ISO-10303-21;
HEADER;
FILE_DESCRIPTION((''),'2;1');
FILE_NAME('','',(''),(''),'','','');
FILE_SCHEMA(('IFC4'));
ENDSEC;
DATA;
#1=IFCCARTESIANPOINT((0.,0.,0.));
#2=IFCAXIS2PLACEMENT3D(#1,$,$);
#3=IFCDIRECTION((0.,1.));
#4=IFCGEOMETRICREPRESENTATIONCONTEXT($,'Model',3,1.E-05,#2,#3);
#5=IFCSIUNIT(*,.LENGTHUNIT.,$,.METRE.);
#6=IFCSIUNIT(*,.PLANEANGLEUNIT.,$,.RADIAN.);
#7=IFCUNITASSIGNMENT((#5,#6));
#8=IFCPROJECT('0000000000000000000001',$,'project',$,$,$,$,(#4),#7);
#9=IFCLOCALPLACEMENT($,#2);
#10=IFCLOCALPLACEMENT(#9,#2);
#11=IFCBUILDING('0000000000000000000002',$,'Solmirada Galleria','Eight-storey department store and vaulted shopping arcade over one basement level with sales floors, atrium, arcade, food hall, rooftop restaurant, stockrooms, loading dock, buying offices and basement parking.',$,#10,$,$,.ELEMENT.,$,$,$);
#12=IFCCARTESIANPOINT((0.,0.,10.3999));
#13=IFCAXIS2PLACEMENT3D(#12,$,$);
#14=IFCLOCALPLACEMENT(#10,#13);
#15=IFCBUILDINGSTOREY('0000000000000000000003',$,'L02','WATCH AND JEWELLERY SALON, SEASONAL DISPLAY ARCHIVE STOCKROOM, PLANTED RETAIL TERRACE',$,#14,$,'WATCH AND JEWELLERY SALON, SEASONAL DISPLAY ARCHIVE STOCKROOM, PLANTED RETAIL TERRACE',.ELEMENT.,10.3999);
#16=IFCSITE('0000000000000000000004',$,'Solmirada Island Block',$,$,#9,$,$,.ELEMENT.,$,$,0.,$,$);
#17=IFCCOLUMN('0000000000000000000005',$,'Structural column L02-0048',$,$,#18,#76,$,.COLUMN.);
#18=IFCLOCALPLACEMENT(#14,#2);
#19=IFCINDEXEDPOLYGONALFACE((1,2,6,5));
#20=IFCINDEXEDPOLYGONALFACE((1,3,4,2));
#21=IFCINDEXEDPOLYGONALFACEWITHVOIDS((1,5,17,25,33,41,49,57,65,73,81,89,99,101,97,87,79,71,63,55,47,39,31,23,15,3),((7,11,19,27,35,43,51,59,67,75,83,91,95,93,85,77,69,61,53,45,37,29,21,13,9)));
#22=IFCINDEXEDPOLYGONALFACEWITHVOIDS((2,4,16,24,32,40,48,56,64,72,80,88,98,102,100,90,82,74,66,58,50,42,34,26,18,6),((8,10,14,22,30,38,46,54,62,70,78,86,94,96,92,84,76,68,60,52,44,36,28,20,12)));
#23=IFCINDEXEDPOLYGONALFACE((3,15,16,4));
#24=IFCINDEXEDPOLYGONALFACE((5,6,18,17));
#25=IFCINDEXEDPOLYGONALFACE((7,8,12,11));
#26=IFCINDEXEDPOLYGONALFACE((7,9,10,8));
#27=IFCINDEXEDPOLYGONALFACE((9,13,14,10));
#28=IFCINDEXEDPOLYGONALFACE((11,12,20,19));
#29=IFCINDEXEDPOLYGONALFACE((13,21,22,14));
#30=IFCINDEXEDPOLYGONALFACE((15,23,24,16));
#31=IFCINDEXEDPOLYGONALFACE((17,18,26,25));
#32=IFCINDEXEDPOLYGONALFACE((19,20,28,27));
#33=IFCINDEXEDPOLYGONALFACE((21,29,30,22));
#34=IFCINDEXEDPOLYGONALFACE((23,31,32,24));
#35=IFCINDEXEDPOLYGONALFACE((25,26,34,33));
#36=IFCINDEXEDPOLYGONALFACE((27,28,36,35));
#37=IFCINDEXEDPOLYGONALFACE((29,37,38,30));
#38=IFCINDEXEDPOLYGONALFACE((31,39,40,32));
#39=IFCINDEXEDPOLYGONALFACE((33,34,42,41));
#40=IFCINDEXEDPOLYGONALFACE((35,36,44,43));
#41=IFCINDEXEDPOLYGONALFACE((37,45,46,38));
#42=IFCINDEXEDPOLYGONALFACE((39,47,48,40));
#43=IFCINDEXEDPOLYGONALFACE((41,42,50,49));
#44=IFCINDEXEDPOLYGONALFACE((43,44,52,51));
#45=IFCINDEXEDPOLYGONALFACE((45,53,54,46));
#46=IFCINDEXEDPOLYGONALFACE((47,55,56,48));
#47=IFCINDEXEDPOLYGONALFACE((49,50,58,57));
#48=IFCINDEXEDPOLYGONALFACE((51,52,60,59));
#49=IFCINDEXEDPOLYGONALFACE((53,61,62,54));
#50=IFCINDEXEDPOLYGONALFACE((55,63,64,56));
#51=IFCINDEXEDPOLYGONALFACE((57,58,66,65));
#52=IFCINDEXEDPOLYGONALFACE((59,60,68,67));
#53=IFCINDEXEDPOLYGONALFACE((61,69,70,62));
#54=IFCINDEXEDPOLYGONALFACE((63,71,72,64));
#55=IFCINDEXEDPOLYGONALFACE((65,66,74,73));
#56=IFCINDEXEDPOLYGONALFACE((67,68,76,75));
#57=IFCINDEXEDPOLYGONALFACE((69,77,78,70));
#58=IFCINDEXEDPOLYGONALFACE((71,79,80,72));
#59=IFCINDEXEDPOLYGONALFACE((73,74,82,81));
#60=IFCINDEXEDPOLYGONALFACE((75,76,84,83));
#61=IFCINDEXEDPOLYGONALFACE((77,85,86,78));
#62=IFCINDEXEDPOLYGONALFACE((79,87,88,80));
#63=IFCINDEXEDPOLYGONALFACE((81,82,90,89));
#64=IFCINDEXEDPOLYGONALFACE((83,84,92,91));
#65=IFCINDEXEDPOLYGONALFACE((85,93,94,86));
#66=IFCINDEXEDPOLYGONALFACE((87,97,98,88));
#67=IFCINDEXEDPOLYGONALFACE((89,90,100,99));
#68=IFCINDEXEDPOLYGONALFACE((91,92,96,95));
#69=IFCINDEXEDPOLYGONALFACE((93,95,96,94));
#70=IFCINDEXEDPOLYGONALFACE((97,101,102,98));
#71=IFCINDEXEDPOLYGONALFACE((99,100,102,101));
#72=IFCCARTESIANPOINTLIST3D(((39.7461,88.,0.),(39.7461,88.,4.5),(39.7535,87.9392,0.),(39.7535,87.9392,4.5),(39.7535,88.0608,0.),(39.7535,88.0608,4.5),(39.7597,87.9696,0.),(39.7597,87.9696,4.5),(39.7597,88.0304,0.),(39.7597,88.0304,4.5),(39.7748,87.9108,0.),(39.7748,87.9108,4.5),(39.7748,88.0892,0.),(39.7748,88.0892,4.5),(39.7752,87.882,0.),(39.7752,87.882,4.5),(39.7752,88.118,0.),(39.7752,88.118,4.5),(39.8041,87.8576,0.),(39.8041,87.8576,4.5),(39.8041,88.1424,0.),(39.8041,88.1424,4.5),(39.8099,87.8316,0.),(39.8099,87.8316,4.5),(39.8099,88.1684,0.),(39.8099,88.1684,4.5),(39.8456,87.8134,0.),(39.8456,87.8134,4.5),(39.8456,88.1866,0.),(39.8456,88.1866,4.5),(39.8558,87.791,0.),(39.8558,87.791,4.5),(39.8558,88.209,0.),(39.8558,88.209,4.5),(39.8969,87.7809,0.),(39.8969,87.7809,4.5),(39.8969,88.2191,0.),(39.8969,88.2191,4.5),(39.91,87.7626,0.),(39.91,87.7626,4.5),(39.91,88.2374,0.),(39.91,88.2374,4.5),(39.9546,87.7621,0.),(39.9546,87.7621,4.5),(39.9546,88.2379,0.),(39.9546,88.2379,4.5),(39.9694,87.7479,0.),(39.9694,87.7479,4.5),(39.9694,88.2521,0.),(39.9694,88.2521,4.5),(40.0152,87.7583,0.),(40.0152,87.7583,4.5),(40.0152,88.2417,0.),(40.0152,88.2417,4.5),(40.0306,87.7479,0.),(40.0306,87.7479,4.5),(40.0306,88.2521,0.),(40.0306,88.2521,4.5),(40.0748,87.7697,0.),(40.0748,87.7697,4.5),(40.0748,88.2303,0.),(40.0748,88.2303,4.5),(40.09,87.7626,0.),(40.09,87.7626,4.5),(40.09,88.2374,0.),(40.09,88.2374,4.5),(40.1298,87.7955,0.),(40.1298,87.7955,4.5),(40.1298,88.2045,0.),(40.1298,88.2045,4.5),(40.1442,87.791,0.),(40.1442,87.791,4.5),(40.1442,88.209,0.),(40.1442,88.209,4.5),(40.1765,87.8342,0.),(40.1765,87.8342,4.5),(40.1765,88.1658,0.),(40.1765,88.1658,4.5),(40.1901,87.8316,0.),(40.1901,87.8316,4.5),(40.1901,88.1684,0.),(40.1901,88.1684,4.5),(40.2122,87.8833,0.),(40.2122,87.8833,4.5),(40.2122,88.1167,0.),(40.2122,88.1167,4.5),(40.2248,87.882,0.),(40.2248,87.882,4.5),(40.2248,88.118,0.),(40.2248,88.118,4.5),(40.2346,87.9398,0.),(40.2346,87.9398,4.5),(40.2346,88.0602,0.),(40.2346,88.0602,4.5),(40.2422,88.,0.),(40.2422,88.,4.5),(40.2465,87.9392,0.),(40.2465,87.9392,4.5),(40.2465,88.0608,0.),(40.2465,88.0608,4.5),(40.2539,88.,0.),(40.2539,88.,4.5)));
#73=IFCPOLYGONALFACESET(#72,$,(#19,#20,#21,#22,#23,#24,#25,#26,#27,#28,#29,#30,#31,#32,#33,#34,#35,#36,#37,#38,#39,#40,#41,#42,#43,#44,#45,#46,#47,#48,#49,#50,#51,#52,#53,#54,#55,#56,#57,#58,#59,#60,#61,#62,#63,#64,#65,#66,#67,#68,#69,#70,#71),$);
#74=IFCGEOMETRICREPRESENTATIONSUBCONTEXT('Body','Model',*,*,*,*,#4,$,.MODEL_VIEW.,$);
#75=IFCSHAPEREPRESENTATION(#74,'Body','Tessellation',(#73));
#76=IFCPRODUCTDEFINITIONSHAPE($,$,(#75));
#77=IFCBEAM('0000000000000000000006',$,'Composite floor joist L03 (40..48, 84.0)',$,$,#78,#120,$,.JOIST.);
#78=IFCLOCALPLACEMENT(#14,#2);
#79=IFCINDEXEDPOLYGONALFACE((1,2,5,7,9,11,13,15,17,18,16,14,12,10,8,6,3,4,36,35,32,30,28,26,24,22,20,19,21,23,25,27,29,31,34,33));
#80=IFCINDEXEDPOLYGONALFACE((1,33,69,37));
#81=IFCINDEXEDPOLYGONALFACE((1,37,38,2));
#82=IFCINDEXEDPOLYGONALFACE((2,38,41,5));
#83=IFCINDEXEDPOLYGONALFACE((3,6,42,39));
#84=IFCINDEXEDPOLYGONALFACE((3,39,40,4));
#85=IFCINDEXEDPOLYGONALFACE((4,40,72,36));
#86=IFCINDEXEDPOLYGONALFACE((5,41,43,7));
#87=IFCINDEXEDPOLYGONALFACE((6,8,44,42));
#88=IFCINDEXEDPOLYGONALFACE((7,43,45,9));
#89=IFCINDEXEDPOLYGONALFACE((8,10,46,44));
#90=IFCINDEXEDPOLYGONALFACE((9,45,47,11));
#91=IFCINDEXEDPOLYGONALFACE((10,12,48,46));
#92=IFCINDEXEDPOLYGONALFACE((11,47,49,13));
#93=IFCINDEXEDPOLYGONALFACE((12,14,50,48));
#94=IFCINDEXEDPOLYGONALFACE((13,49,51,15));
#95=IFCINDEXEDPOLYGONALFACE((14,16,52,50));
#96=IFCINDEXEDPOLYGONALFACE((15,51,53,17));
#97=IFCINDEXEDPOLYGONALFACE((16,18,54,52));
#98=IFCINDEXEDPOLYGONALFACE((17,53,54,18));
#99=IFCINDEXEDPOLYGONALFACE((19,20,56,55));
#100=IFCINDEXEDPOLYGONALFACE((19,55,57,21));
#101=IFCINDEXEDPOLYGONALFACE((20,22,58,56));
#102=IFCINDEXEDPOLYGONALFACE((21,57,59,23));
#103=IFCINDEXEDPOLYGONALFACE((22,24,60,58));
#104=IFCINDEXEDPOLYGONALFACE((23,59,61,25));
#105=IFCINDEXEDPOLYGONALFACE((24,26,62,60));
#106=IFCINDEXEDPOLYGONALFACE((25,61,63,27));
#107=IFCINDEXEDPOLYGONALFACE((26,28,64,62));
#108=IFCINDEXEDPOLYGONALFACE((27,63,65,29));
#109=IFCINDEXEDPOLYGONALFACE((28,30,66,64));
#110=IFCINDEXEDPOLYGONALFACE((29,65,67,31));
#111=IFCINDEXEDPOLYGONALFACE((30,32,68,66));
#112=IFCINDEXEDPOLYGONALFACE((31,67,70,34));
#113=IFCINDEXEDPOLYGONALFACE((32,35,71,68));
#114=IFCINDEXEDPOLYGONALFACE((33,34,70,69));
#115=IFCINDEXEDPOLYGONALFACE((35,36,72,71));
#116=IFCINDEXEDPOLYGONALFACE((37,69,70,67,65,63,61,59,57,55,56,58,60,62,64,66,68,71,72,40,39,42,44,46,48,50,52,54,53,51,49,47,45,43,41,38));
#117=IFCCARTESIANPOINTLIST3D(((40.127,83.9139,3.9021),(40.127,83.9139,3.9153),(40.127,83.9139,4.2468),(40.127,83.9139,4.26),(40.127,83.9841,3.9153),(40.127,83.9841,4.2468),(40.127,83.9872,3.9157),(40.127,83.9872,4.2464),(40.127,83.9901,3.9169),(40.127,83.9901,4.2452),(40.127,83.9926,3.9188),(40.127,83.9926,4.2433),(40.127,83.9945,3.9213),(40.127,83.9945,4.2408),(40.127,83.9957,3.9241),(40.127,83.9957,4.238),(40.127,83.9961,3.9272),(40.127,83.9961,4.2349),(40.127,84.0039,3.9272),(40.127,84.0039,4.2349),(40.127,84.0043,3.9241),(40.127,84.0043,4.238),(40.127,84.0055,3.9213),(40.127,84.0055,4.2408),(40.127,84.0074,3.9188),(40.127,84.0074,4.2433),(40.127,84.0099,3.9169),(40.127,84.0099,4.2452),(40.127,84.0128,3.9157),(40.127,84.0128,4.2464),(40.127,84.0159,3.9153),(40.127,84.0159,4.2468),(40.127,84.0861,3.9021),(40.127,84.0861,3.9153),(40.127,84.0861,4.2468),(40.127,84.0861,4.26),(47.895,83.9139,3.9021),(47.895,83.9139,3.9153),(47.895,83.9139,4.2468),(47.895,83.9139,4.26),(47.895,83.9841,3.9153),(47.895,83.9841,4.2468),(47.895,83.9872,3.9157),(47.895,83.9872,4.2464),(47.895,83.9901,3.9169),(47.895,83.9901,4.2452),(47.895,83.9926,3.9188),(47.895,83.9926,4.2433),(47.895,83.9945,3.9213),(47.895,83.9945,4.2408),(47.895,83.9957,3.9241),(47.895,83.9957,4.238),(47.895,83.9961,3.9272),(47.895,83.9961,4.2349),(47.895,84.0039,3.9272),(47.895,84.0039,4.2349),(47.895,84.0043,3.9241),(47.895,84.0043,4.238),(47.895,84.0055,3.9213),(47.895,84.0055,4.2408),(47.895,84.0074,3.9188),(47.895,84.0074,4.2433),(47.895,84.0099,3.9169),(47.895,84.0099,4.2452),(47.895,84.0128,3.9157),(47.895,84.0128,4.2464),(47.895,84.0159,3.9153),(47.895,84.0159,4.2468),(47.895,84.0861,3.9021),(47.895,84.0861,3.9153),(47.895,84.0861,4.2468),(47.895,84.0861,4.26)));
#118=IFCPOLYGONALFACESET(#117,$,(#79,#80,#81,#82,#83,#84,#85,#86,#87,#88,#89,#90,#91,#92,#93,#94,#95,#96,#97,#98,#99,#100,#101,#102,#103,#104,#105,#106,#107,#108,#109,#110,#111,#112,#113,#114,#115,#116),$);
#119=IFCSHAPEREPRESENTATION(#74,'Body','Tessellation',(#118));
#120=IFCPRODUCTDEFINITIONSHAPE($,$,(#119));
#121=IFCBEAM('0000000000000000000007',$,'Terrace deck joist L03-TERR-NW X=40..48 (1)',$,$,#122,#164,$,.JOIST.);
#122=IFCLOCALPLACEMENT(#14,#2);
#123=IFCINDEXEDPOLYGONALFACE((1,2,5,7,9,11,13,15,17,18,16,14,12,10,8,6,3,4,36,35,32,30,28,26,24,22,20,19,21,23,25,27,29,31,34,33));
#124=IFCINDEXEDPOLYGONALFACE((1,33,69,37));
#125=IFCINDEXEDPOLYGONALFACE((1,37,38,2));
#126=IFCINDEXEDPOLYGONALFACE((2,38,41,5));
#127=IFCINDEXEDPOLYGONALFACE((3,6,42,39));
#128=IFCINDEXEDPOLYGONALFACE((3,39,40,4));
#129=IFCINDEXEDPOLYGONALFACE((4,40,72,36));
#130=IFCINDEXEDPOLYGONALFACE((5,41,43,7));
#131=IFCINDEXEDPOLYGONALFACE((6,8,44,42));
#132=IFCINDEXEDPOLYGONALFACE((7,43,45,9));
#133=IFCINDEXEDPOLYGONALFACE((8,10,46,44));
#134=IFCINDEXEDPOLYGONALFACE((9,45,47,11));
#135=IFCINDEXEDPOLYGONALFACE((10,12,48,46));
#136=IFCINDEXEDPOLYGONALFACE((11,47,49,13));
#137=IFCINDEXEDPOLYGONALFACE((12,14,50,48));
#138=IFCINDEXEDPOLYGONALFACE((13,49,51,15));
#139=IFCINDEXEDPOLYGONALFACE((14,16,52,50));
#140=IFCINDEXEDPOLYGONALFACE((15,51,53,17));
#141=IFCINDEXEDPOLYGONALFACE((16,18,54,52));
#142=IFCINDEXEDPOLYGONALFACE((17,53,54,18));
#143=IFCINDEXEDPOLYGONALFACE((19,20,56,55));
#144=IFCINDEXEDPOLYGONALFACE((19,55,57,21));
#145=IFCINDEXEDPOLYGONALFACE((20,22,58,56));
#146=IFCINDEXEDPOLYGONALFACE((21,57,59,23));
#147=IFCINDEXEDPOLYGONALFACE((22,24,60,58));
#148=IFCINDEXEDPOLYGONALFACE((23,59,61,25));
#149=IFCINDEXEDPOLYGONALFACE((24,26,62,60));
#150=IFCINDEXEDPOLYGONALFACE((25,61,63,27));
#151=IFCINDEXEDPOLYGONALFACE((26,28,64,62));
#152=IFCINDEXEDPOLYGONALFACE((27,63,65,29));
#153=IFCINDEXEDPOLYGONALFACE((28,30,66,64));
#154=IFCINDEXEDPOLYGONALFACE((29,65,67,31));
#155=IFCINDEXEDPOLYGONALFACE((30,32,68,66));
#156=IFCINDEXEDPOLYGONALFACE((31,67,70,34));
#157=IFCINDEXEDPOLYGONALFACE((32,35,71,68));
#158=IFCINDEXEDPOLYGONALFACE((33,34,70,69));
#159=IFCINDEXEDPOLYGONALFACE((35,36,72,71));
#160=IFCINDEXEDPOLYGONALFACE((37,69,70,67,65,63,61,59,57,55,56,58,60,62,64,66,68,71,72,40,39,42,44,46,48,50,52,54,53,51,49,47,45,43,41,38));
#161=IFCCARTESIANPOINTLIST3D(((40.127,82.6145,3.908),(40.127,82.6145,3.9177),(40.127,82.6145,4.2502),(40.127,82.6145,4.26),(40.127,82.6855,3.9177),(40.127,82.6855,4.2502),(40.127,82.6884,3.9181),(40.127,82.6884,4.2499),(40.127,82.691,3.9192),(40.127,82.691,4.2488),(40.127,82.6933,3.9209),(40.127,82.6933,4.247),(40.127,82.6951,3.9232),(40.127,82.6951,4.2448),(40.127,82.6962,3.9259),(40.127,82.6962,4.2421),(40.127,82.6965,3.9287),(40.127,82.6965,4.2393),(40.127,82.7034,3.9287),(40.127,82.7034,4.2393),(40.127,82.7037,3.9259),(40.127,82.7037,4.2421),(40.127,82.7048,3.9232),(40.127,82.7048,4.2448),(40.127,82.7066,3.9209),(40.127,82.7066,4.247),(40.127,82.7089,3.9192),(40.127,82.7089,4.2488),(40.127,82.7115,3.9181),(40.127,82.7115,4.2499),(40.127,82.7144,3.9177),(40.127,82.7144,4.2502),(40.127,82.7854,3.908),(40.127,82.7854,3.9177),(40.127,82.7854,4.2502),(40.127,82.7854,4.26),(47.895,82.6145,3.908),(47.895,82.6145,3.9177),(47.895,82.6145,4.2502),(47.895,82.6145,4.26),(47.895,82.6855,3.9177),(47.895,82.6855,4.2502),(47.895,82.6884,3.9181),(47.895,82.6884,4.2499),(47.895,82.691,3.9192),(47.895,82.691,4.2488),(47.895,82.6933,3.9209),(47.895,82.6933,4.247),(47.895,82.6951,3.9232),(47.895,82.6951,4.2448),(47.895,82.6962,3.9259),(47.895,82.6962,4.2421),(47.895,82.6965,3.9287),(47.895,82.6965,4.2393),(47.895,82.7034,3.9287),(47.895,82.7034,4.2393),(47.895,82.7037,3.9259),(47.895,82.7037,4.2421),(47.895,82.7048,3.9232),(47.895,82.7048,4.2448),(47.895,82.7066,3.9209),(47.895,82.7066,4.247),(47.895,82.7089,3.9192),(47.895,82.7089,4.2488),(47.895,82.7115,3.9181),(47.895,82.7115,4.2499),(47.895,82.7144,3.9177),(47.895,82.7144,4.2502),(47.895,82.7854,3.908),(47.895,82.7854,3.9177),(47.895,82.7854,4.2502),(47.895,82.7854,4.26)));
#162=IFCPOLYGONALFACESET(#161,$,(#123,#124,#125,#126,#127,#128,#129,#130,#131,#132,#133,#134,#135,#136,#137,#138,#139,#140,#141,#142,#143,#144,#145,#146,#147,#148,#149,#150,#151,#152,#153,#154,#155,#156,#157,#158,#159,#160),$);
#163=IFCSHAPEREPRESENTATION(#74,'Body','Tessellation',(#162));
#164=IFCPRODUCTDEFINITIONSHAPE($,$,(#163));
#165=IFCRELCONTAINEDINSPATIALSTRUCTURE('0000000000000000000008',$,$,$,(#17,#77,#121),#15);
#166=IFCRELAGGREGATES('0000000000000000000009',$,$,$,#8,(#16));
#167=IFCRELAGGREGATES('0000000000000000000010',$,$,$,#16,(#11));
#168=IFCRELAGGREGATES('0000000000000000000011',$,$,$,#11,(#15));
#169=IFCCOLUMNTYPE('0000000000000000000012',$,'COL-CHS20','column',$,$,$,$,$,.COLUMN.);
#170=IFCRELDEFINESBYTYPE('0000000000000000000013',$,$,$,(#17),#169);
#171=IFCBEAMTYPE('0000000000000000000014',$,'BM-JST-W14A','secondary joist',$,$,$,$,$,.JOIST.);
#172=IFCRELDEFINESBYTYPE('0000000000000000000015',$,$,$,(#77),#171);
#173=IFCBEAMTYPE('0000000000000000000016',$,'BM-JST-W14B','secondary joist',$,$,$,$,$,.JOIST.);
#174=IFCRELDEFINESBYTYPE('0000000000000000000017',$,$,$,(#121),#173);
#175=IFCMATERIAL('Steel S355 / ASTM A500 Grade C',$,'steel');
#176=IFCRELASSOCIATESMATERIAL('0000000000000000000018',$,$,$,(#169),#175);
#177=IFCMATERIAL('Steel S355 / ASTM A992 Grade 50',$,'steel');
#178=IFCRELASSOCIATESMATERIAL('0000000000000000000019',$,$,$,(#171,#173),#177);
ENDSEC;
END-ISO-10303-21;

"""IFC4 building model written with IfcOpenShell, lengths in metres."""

from ifc_helpers import new_model, si_unit, direction, frame, origin, origin_2d, place, context, subcontext, project, spatial, hollow_circle, i_section, extrude, material, material_profile, profile_set, type_object, element, save


model = new_model("IFC4")

# Units and contexts
model_context = context("Model", 3, precision=1e-05, world=origin(), true_north=direction((0.0, 1.0)))
body_context = subcontext(model_context, "Body", "Model", "MODEL_VIEW")
ifc_project = project(units=[si_unit("LENGTHUNIT", "METRE"), si_unit("PLANEANGLEUNIT", "RADIAN")], contexts=[model_context])

# Site, building, storey
site_placement = place(None, origin())
site = spatial("IfcSite", under=ifc_project, at=site_placement, Name="Solmirada Island Block", CompositionType="ELEMENT", RefElevation=0.0)
building_placement = place(site_placement, origin())
building = spatial("IfcBuilding", under=site, at=building_placement, Name="Solmirada Galleria", Description="Eight-storey department store and vaulted shopping arcade over one basement level with sales floors, atrium, arcade, food hall, rooftop restaurant, stockrooms, loading dock, buying offices and basement parking.", CompositionType="ELEMENT")
storey_placement = place(building_placement, frame((0.0, 0.0, 10.3999)))
storey = spatial("IfcBuildingStorey", under=building, at=storey_placement, Name="L02", Description="WATCH AND JEWELLERY SALON, SEASONAL DISPLAY ARCHIVE STOCKROOM, PLANTED RETAIL TERRACE", LongName="WATCH AND JEWELLERY SALON, SEASONAL DISPLAY ARCHIVE STOCKROOM, PLANTED RETAIL TERRACE", CompositionType="ELEMENT", Elevation=10.3999)

# Column
ifc_material_1 = material(Name="Steel S355 / ASTM A500 Grade C", Category="steel")
ifc_material_profile_1 = material_profile(ifc_material_1, hollow_circle(Radius=0.2539, WallThickness=0.0117, at=origin_2d()), Name="HSS20.000X0.500")
ifc_profile_set_1 = profile_set([ifc_material_profile_1], Name="Steel S355 / ASTM A500 Grade C")
column_type = type_object("IfcColumnType", Name="COL-CHS20", Description="column", PredefinedType="COLUMN", material=ifc_profile_set_1)
column_placement = place(storey_placement, frame((40.0, 88.0, 0.0), z_axis=(0.0, 0.0, 1.0), x_axis=(1.0, 0.0, 0.0)))
element("IfcColumn", 1, at=column_placement, inside=storey, type_object=column_type, Name="Structural column L02-0048", PredefinedType="COLUMN", context=body_context, shape_type="SweptSolid", body=[
    extrude(hollow_circle(Radius=0.2539, WallThickness=0.0117, at=origin_2d()), origin(), (0.0, 0.0, 1.0), 4.5),
])

# Beams
ifc_material_2 = material(Name="Steel S355 / ASTM A992 Grade 50", Category="steel")
ifc_material_profile_2 = material_profile(ifc_material_2, i_section(OverallWidth=0.1721, OverallDepth=0.3579, WebThickness=0.0078, FlangeThickness=0.0132, FilletRadius=0.012, at=origin_2d()), Name="W14X38")
ifc_profile_set_2 = profile_set([ifc_material_profile_2], Name="Steel S355 / ASTM A992 Grade 50")
beam_type_1 = type_object("IfcBeamType", Name="BM-JST-W14A", Description="secondary joist", PredefinedType="JOIST", material=ifc_profile_set_2)
beam_placement = place(storey_placement, frame((40.127, 84.0, 4.0811), z_axis=(1.0, 0.0, 0.0), x_axis=(0.0, 1.0, 0.0)))
element("IfcBeam", 2, at=beam_placement, inside=storey, type_object=beam_type_1, Name="Composite floor joist L03 (40..48, 84.0)", PredefinedType="JOIST", context=body_context, shape_type="SweptSolid", body=[
    extrude(i_section(OverallWidth=0.1721, OverallDepth=0.3579, WebThickness=0.0078, FlangeThickness=0.0132, FilletRadius=0.012, at=origin_2d()), origin(), (0.0, 0.0, 1.0), 7.7681),
])
ifc_material_profile_3 = material_profile(ifc_material_2, i_section(OverallWidth=0.1709, OverallDepth=0.3521, WebThickness=0.0068, FlangeThickness=0.0098, FilletRadius=0.011, at=origin_2d()), Name="W14X30")
ifc_profile_set_3 = profile_set([ifc_material_profile_3], Name="Steel S355 / ASTM A992 Grade 50")
beam_type_2 = type_object("IfcBeamType", Name="BM-JST-W14B", Description="secondary joist", PredefinedType="JOIST", material=ifc_profile_set_3)
for number, where, z_axis, x_axis, name in (
    (3, (40.127, 82.7, 4.084), (1.0, 0.0, 0.0), (0.0, 1.0, 0.0), "Terrace deck joist L03-TERR-NW X=40..48 (1)"),
):
    element("IfcBeam", number, at=place(storey_placement, frame(where, z_axis=z_axis, x_axis=x_axis)), inside=storey, type_object=beam_type_2, Name=name, PredefinedType="JOIST", context=body_context, shape_type="SweptSolid", body=[
        extrude(i_section(OverallWidth=0.1709, OverallDepth=0.3521, WebThickness=0.0068, FlangeThickness=0.0098, FilletRadius=0.011, at=origin_2d()), origin(), (0.0, 0.0, 1.0), 7.7681),
    ])

save(model, "model.ifc")
